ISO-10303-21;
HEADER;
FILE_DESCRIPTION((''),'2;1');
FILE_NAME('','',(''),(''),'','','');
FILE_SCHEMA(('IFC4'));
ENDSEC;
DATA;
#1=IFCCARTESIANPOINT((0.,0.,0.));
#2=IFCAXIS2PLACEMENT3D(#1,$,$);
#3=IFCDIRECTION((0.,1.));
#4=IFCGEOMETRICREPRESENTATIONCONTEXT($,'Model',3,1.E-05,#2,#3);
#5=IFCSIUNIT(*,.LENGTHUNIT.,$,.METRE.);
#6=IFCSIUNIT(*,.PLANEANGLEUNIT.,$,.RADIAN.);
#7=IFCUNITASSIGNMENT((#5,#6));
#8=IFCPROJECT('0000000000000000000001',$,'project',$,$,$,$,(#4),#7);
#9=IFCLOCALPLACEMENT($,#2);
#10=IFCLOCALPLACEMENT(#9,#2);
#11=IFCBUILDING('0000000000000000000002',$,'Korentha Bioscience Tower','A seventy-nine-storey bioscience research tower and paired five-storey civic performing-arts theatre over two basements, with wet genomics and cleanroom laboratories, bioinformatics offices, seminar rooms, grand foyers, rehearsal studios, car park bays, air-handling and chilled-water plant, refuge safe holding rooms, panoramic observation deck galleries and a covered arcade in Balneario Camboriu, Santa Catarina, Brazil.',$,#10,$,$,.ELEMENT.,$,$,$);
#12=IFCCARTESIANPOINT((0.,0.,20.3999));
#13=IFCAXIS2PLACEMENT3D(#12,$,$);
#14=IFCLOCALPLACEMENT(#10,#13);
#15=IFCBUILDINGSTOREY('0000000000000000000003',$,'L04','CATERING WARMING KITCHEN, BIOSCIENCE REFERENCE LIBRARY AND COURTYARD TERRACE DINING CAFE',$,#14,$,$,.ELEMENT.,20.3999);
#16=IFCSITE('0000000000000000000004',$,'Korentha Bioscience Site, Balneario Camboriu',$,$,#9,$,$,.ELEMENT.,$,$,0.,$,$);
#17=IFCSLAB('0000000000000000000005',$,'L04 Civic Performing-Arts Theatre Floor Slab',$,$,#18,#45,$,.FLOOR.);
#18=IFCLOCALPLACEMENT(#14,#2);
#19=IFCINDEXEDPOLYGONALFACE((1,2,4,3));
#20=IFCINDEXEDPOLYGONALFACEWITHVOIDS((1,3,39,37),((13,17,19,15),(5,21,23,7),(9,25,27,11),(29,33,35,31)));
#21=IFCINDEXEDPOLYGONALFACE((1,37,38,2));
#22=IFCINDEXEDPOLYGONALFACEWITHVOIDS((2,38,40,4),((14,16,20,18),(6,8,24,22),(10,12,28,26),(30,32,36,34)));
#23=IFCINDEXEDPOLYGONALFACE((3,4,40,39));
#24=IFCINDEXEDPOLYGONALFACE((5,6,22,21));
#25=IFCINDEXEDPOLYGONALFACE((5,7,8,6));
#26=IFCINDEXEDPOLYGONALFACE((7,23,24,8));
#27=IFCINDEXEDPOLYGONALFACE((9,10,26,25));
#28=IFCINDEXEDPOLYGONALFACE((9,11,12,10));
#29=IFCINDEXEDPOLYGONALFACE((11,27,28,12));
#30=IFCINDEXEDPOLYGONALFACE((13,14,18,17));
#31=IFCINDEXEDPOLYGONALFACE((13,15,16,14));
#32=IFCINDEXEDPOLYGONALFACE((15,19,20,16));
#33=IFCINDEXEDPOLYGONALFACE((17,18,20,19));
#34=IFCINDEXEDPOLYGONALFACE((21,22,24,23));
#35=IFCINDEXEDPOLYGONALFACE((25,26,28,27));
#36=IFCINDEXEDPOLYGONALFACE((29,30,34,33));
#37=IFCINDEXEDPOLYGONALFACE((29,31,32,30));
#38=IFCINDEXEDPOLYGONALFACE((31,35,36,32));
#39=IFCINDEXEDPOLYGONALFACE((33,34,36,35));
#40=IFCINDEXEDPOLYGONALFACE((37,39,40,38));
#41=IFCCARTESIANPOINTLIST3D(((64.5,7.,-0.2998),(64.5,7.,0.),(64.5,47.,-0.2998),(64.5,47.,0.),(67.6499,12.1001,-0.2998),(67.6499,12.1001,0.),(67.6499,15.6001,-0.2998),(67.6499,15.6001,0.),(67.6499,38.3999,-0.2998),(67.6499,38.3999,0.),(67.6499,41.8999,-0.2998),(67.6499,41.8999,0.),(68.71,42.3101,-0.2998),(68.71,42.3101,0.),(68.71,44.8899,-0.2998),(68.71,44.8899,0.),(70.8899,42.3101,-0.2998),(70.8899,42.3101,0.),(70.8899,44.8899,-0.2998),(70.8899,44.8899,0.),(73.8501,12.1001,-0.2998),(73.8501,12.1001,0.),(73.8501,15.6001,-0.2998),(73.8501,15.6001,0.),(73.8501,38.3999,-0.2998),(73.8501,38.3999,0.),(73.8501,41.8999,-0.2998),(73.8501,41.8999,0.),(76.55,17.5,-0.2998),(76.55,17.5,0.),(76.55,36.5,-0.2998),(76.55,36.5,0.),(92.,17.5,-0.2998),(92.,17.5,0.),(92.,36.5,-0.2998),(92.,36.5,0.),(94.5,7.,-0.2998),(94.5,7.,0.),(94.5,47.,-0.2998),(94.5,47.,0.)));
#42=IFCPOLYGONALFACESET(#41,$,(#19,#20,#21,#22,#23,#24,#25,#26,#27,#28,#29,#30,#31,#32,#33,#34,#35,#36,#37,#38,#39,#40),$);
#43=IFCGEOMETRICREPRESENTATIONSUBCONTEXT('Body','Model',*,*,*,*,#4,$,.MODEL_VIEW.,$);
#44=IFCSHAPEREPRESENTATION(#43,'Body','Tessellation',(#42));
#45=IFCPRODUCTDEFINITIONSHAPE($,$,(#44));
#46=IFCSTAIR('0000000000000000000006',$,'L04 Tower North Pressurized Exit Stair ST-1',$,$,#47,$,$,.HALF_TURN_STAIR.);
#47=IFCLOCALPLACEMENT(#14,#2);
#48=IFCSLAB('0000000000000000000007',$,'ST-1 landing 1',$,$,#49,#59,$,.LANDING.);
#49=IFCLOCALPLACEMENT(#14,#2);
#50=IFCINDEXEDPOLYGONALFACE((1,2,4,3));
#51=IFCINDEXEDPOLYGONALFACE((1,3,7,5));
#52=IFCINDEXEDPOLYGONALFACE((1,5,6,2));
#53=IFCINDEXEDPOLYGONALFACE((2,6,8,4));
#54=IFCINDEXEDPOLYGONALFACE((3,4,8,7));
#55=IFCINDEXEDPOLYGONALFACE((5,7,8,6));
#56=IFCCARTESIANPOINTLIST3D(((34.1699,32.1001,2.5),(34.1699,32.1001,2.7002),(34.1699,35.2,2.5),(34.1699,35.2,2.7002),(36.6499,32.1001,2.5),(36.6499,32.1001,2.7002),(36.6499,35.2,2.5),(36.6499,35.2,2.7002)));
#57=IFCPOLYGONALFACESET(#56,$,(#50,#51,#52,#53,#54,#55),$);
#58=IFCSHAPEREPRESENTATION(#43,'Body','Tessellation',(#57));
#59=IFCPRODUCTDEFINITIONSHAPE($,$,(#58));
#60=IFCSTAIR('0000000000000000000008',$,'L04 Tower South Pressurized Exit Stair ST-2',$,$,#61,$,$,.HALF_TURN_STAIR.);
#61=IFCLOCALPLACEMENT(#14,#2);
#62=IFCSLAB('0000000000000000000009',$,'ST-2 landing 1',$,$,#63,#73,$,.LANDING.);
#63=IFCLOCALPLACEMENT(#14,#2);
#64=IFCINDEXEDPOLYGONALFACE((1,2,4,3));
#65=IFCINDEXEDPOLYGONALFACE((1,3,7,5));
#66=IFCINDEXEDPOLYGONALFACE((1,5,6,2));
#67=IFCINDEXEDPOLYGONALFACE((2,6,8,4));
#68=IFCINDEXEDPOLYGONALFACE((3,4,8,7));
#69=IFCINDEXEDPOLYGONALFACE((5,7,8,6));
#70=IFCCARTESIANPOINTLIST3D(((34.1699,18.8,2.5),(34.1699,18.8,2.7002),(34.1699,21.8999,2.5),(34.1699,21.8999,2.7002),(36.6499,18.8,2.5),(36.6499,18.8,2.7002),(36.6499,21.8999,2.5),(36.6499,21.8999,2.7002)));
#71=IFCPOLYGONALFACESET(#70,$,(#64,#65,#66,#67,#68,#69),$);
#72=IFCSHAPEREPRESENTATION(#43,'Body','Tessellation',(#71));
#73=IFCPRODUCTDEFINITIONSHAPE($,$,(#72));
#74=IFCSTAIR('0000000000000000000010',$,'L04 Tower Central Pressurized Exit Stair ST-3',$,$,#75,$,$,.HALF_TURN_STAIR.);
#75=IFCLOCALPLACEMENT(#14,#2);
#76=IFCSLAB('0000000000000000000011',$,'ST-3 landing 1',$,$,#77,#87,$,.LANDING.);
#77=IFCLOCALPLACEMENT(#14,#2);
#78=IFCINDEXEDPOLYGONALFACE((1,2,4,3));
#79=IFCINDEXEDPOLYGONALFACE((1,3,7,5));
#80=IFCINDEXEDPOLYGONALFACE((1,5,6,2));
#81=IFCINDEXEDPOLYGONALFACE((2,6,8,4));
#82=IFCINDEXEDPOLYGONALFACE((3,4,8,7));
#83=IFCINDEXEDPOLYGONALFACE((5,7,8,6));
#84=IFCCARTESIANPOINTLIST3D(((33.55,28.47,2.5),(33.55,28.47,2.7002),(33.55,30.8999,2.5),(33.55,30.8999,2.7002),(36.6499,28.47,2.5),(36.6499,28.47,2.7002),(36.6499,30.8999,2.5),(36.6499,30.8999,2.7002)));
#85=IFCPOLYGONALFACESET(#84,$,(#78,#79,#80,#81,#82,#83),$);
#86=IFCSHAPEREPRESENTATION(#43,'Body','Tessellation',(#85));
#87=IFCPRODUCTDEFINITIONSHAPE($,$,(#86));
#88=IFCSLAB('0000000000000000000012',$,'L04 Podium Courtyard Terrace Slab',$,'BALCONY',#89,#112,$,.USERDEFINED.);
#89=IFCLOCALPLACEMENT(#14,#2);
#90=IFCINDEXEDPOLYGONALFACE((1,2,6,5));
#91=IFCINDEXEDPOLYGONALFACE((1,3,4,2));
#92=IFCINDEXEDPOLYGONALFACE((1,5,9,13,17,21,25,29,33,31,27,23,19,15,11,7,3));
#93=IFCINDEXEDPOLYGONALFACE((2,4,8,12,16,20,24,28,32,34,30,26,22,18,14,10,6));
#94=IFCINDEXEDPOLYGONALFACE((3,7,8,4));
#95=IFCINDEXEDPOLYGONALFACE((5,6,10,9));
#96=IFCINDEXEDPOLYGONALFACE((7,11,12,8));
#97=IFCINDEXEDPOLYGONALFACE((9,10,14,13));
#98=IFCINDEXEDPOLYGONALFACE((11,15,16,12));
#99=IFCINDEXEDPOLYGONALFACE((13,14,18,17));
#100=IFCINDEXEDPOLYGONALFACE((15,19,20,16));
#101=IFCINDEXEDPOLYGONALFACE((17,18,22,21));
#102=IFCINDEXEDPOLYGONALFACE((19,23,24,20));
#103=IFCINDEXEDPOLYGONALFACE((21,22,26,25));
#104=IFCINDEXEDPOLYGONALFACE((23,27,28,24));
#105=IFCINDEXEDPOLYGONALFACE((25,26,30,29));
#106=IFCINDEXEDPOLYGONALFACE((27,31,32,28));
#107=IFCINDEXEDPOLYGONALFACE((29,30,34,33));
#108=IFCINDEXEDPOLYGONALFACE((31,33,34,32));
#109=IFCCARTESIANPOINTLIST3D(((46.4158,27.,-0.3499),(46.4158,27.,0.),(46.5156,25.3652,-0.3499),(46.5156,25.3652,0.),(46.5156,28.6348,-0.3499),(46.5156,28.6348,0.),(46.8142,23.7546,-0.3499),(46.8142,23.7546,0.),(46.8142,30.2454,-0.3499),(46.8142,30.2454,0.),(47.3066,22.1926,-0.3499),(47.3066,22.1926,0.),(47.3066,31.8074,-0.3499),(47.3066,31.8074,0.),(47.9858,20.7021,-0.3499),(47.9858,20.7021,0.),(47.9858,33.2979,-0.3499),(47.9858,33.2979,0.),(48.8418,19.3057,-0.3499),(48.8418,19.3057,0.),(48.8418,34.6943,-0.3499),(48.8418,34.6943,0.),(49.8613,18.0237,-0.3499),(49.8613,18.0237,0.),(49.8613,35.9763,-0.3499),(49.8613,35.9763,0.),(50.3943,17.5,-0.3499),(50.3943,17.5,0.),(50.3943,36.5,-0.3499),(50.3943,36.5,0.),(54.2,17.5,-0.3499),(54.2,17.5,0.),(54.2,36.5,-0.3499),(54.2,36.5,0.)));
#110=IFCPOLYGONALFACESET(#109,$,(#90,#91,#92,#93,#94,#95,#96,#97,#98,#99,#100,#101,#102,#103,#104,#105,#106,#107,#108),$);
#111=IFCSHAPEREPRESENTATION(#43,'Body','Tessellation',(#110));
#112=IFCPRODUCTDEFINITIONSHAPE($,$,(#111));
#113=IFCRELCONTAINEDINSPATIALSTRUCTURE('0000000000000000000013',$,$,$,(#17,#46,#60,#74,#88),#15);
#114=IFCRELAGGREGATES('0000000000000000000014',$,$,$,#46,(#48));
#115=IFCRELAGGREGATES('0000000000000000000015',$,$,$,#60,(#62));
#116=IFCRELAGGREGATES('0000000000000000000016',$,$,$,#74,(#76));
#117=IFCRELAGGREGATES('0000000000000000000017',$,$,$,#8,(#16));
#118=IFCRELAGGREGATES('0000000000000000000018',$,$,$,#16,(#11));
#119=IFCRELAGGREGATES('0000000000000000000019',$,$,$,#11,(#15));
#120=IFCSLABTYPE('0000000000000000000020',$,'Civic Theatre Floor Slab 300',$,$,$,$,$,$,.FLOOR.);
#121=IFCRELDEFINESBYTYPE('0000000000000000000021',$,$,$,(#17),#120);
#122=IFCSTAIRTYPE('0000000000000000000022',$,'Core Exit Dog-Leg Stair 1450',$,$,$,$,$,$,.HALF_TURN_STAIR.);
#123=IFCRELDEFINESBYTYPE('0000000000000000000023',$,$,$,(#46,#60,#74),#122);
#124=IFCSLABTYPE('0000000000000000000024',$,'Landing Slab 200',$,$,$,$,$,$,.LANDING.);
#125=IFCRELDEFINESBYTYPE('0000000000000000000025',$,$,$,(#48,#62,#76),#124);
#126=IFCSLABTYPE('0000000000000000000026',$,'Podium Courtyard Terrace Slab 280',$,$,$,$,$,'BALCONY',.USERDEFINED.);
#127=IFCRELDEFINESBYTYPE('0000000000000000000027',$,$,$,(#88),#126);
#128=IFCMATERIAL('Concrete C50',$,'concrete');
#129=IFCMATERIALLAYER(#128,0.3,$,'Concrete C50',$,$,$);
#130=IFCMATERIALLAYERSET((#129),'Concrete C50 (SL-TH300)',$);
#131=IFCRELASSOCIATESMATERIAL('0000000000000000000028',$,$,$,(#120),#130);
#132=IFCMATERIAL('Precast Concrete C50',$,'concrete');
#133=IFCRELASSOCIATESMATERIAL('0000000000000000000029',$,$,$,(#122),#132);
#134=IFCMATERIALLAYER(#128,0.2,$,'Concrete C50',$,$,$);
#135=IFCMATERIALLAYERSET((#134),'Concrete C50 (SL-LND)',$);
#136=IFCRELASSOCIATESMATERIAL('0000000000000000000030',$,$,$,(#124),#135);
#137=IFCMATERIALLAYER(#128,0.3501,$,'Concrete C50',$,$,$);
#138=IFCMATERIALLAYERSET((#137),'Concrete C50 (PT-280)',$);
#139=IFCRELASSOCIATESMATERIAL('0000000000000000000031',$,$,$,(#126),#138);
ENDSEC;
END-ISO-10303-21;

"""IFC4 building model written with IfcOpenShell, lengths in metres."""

from ifc_helpers import new_model, si_unit, direction, frame, origin, place, context, subcontext, project, spatial, polyline, outline, extrude, material, layer, layer_set, type_object, element, aggregate, save


model = new_model("IFC4")

# Units and contexts
model_context = context("Model", 3, precision=1e-05, world=origin(), true_north=direction((0.0, 1.0)))
body_context = subcontext(model_context, "Body", "Model", "MODEL_VIEW")
ifc_project = project(units=[si_unit("LENGTHUNIT", "METRE"), si_unit("PLANEANGLEUNIT", "RADIAN")], contexts=[model_context])

# Site, building, storey
site_placement = place(None, origin())
site = spatial("IfcSite", under=ifc_project, at=site_placement, Name="Korentha Bioscience Site, Balneario Camboriu", CompositionType="ELEMENT", RefElevation=0.0)
building_placement = place(site_placement, origin())
building = spatial("IfcBuilding", under=site, at=building_placement, Name="Korentha Bioscience Tower", Description="A seventy-nine-storey bioscience research tower and paired five-storey civic performing-arts theatre over two basements, with wet genomics and cleanroom laboratories, bioinformatics offices, seminar rooms, grand foyers, rehearsal studios, car park bays, air-handling and chilled-water plant, refuge safe holding rooms, panoramic observation deck galleries and a covered arcade in Balneario Camboriu, Santa Catarina, Brazil.", CompositionType="ELEMENT")
storey_placement = place(building_placement, frame((0.0, 0.0, 20.3999)))
storey = spatial("IfcBuildingStorey", under=building, at=storey_placement, Name="L04", Description="CATERING WARMING KITCHEN, BIOSCIENCE REFERENCE LIBRARY AND COURTYARD TERRACE DINING CAFE", CompositionType="ELEMENT", Elevation=20.3999)

# Slab
ifc_material_1 = material(Name="Concrete C50", Category="concrete")
ifc_layer_1 = layer(ifc_material_1, 0.3, Name="Concrete C50")
ifc_layer_set_1 = layer_set([ifc_layer_1], Name="Concrete C50 (SL-TH300)")
slab_type_1 = type_object("IfcSlabType", Name="Civic Theatre Floor Slab 300", PredefinedType="FLOOR", material=ifc_layer_set_1)
slab_1_placement = place(storey_placement, frame((0.0, 0.0, -0.2998)))
element("IfcSlab", 1, at=slab_1_placement, inside=storey, type_object=slab_type_1, Name="L04 Civic Performing-Arts Theatre Floor Slab", PredefinedType="FLOOR", context=body_context, shape_type="SweptSolid", body=[
    extrude(outline(polyline([(64.5, 7.0), (94.5, 7.0), (94.5, 47.0), (64.5, 47.0), (64.5, 7.0)]), holes=[polyline([(67.6499, 12.1001), (73.8501, 12.1001), (73.8501, 15.6001), (67.6499, 15.6001), (67.6499, 12.1001)]), polyline([(67.6499, 38.3999), (73.8501, 38.3999), (73.8501, 41.8999), (67.6499, 41.8999), (67.6499, 38.3999)]), polyline([(68.71, 42.3101), (70.8899, 42.3101), (70.8899, 44.8899), (68.71, 44.8899), (68.71, 42.3101)]), polyline([(76.55, 17.5), (92.0, 17.5), (92.0, 36.5), (76.55, 36.5), (76.55, 17.5)])]), origin(), (0.0, 0.0, 1.0), 0.2998),
])

# Stairs, slabs
ifc_material_2 = material(Name="Precast Concrete C50", Category="concrete")
stair_type = type_object("IfcStairType", Name="Core Exit Dog-Leg Stair 1450", PredefinedType="HALF_TURN_STAIR", material=ifc_material_2)
stair_1_placement = place(storey_placement, origin())
stair_1 = element("IfcStair", 2, at=stair_1_placement, inside=storey, type_object=stair_type, Name="L04 Tower North Pressurized Exit Stair ST-1", PredefinedType="HALF_TURN_STAIR")
ifc_layer_2 = layer(ifc_material_1, 0.2, Name="Concrete C50")
ifc_layer_set_2 = layer_set([ifc_layer_2], Name="Concrete C50 (SL-LND)")
slab_type_2 = type_object("IfcSlabType", Name="Landing Slab 200", PredefinedType="LANDING", material=ifc_layer_set_2)
slab_2_placement = place(storey_placement, frame((0.0, 0.0, 2.5)))
slab_2 = element("IfcSlab", 3, at=slab_2_placement, type_object=slab_type_2, Name="ST-1 landing 1", PredefinedType="LANDING", context=body_context, shape_type="SweptSolid", body=[
    extrude(outline(polyline([(34.1699, 32.1001), (36.6499, 32.1001), (36.6499, 35.2), (34.1699, 35.2), (34.1699, 32.1001)])), origin(), (0.0, 0.0, 1.0), 0.2002),
])
aggregate(stair_1, [slab_2])
stair_2_placement = place(storey_placement, origin())
stair_2 = element("IfcStair", 4, at=stair_2_placement, inside=storey, type_object=stair_type, Name="L04 Tower South Pressurized Exit Stair ST-2", PredefinedType="HALF_TURN_STAIR")
slab_3_placement = place(storey_placement, frame((0.0, 0.0, 2.5)))
slab_3 = element("IfcSlab", 5, at=slab_3_placement, type_object=slab_type_2, Name="ST-2 landing 1", PredefinedType="LANDING", context=body_context, shape_type="SweptSolid", body=[
    extrude(outline(polyline([(34.1699, 18.8), (36.6499, 18.8), (36.6499, 21.8999), (34.1699, 21.8999), (34.1699, 18.8)])), origin(), (0.0, 0.0, 1.0), 0.2002),
])
aggregate(stair_2, [slab_3])
stair_3_placement = place(storey_placement, origin())
stair_3 = element("IfcStair", 6, at=stair_3_placement, inside=storey, type_object=stair_type, Name="L04 Tower Central Pressurized Exit Stair ST-3", PredefinedType="HALF_TURN_STAIR")
slab_4_placement = place(storey_placement, frame((0.0, 0.0, 2.5)))
slab_4 = element("IfcSlab", 7, at=slab_4_placement, type_object=slab_type_2, Name="ST-3 landing 1", PredefinedType="LANDING", context=body_context, shape_type="SweptSolid", body=[
    extrude(outline(polyline([(36.6499, 28.47), (36.6499, 30.8999), (33.55, 30.8999), (33.55, 28.47), (36.6499, 28.47)])), origin(), (0.0, 0.0, 1.0), 0.2002),
])
aggregate(stair_3, [slab_4])

# Slab
ifc_layer_3 = layer(ifc_material_1, 0.3501, Name="Concrete C50")
ifc_layer_set_3 = layer_set([ifc_layer_3], Name="Concrete C50 (PT-280)")
slab_type_3 = type_object("IfcSlabType", Name="Podium Courtyard Terrace Slab 280", ElementType="BALCONY", PredefinedType="USERDEFINED", material=ifc_layer_set_3)
slab_5_placement = place(storey_placement, frame((0.0, 0.0, -0.3499)))
element("IfcSlab", 8, at=slab_5_placement, inside=storey, type_object=slab_type_3, Name="L04 Podium Courtyard Terrace Slab", ObjectType="BALCONY", PredefinedType="USERDEFINED", context=body_context, shape_type="SweptSolid", body=[
    extrude(outline(polyline([(50.3943, 36.5), (49.8613, 35.9763), (48.8418, 34.6943), (47.9858, 33.2979), (47.3066, 31.8074), (46.8142, 30.2454), (46.5156, 28.6348), (46.4158, 27.0), (46.5156, 25.3652), (46.8142, 23.7546), (47.3066, 22.1926), (47.9858, 20.7021), (48.8418, 19.3057), (49.8613, 18.0237), (50.3943, 17.5), (54.2, 17.5), (54.2, 36.5), (50.3943, 36.5)])), origin(), (0.0, 0.0, 1.0), 0.3499),
])

save(model, "model.ifc")
